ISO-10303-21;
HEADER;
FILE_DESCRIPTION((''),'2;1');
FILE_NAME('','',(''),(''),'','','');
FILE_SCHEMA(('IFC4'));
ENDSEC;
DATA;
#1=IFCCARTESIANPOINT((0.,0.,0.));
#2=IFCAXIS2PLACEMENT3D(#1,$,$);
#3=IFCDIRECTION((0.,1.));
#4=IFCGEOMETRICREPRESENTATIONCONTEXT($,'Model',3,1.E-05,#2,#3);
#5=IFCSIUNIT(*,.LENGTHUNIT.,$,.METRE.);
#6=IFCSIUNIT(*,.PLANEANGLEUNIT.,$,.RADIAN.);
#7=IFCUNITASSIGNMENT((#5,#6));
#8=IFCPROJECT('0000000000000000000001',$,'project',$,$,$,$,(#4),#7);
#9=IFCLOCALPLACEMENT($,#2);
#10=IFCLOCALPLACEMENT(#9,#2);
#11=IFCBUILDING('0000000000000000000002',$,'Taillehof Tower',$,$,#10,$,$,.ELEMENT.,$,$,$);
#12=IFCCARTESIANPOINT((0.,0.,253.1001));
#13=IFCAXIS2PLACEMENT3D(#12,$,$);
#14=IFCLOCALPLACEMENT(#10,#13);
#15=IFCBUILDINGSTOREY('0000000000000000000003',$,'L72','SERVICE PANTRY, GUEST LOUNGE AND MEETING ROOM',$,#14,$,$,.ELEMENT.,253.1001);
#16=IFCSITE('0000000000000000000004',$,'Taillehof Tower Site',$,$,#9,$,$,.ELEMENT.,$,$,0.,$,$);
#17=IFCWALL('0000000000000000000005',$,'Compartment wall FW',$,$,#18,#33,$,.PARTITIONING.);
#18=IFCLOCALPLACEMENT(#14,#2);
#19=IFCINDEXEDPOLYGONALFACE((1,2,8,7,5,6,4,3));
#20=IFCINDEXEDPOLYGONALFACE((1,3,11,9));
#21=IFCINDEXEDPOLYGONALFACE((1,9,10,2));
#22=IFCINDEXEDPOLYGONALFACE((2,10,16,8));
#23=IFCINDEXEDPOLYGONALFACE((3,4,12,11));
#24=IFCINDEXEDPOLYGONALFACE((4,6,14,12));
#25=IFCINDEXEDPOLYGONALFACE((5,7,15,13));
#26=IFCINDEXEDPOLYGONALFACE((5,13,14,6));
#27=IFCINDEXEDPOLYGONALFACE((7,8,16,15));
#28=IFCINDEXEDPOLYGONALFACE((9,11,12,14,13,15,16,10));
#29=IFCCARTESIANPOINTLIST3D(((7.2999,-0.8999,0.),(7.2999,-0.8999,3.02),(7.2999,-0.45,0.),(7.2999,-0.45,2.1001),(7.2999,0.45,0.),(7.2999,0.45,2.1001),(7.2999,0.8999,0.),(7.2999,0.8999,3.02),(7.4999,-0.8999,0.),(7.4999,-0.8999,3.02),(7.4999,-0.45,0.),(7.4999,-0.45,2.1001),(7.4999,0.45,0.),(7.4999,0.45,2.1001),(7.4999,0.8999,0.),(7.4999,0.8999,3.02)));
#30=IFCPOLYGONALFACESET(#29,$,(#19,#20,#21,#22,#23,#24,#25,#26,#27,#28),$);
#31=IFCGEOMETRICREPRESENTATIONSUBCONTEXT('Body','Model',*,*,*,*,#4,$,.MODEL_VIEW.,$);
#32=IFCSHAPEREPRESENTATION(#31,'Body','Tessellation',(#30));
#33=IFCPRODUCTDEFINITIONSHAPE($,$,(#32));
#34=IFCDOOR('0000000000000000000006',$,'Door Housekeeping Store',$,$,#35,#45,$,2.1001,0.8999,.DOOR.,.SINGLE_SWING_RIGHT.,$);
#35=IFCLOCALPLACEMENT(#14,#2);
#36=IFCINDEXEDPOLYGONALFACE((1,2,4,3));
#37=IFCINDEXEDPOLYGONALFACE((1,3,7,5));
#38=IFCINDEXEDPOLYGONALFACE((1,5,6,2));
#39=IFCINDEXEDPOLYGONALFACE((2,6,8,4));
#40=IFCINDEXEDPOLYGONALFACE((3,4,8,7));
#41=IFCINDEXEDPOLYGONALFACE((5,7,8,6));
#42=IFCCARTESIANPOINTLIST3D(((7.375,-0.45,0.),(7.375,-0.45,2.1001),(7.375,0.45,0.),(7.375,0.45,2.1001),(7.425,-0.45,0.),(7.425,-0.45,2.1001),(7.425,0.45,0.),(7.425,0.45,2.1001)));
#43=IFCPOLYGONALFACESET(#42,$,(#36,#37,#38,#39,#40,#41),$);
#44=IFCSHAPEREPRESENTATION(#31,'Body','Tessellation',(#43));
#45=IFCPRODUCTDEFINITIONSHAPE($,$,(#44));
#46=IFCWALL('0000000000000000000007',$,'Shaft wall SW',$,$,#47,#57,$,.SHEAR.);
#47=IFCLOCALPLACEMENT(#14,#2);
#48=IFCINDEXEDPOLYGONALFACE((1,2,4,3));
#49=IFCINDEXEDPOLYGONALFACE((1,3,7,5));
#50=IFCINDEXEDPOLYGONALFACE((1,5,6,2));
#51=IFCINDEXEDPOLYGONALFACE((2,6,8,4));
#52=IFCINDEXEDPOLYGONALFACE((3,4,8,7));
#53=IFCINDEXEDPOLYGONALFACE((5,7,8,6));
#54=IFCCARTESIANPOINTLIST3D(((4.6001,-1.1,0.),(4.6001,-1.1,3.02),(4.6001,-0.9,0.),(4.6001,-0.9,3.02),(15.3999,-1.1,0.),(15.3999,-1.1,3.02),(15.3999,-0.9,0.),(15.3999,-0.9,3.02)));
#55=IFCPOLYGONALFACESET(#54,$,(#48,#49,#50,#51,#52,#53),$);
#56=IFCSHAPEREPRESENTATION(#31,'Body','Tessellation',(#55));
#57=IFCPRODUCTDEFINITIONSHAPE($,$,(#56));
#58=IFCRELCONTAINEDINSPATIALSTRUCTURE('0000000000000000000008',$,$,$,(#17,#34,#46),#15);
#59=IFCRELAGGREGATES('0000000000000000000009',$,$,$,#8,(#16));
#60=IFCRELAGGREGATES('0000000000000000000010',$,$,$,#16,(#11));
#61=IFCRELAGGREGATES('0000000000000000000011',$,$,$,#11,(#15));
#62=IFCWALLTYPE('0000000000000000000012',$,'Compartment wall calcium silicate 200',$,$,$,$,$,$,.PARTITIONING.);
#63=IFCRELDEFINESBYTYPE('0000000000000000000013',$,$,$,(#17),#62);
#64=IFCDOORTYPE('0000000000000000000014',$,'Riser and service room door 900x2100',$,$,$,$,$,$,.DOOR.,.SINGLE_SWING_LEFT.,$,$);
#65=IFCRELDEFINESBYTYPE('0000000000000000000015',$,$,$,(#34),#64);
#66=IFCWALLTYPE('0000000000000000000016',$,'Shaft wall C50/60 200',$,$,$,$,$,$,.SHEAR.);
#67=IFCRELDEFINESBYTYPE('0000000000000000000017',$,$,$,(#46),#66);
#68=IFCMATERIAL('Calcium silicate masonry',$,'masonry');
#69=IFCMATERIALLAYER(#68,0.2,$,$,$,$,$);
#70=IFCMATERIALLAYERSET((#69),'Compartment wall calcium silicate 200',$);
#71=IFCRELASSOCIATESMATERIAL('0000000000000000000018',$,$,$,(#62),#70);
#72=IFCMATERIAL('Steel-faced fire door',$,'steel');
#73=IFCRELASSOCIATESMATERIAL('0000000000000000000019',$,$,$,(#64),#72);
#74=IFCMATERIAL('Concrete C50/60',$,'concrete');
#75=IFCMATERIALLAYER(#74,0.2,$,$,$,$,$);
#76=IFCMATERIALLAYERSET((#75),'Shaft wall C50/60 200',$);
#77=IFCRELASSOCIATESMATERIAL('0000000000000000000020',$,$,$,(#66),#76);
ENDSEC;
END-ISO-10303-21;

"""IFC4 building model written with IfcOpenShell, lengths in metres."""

from ifc_helpers import new_model, si_unit, direction, frame, frame_2d, origin, place, context, subcontext, project, spatial, rectangle, extrude, material, layer, layer_set, type_object, element, fill, save


model = new_model("IFC4")

# Units and contexts
model_context = context("Model", 3, precision=1e-05, world=origin(), true_north=direction((0.0, 1.0)))
body_context = subcontext(model_context, "Body", "Model", "MODEL_VIEW")
ifc_project = project(units=[si_unit("LENGTHUNIT", "METRE"), si_unit("PLANEANGLEUNIT", "RADIAN")], contexts=[model_context])

# Site, building, storey
site_placement = place(None, origin())
site = spatial("IfcSite", under=ifc_project, at=site_placement, Name="Taillehof Tower Site", CompositionType="ELEMENT", RefElevation=0.0)
building_placement = place(site_placement, origin())
building = spatial("IfcBuilding", under=site, at=building_placement, Name="Taillehof Tower", CompositionType="ELEMENT")
storey_placement = place(building_placement, frame((0.0, 0.0, 253.1001)))
storey = spatial("IfcBuildingStorey", under=building, at=storey_placement, Name="L72", Description="SERVICE PANTRY, GUEST LOUNGE AND MEETING ROOM", CompositionType="ELEMENT", Elevation=253.1001)

# Wall, opening, door
ifc_material_1 = material(Name="Calcium silicate masonry", Category="masonry")
ifc_layer_1 = layer(ifc_material_1, 0.2)
ifc_layer_set_1 = layer_set([ifc_layer_1], Name="Compartment wall calcium silicate 200")
wall_type_1 = type_object("IfcWallType", Name="Compartment wall calcium silicate 200", PredefinedType="PARTITIONING", material=ifc_layer_set_1)
wall_1_placement = place(storey_placement, frame((7.3999, -0.8999, 0.0), z_axis=(0.0, 0.0, 1.0), x_axis=(0.0, 1.0, 0.0)))
wall_1 = element("IfcWall", 1, at=wall_1_placement, inside=storey, type_object=wall_type_1, Name="Compartment wall FW", PredefinedType="PARTITIONING", context=body_context, shape_type="SweptSolid", body=[
    extrude(rectangle(XDim=1.7998, YDim=0.2, at=frame_2d((0.8999, 0.0))), origin(), (0.0, 0.0, 1.0), 3.02),
])
opening_placement = place(wall_1_placement, frame((0.45, 0.0, 0.0)))
opening = element("IfcOpeningElement", 2, at=opening_placement, cuts=wall_1, PredefinedType="OPENING", context=body_context, shape_type="SweptSolid", body=[
    extrude(rectangle(XDim=0.8999, YDim=2.1001, at=frame_2d((0.45, 1.05))), frame((0.0, 0.1099, 0.0), z_axis=(0.0, -1.0, 0.0), x_axis=(1.0, 0.0, 0.0)), (0.0, 0.0, 1.0), 0.22),
])
ifc_material_2 = material(Name="Steel-faced fire door", Category="steel")
door_type = type_object("IfcDoorType", Name="Riser and service room door 900x2100", OperationType="SINGLE_SWING_LEFT", PredefinedType="DOOR", material=ifc_material_2)
door_placement = place(opening_placement, origin())
door = element("IfcDoor", 3, at=door_placement, inside=storey, type_object=door_type, Name="Door Housekeeping Store", OperationType="SINGLE_SWING_RIGHT", OverallHeight=2.1001, OverallWidth=0.8999, PredefinedType="DOOR", context=body_context, shape_type="SweptSolid", body=[
    extrude(rectangle(XDim=0.8999, YDim=2.1001, at=frame_2d((0.45, 1.05))), frame((0.0, 0.0249, 0.0), z_axis=(0.0, -1.0, 0.0), x_axis=(1.0, 0.0, 0.0)), (0.0, 0.0, 1.0), 0.05),
])
fill(opening, door)

# Wall
ifc_material_3 = material(Name="Concrete C50/60", Category="concrete")
ifc_layer_2 = layer(ifc_material_3, 0.2)
ifc_layer_set_2 = layer_set([ifc_layer_2], Name="Shaft wall C50/60 200")
wall_type_2 = type_object("IfcWallType", Name="Shaft wall C50/60 200", PredefinedType="SHEAR", material=ifc_layer_set_2)
wall_2_placement = place(storey_placement, frame((4.6001, -1.0, 0.0), z_axis=(0.0, 0.0, 1.0), x_axis=(1.0, 0.0, 0.0)))
element("IfcWall", 4, at=wall_2_placement, inside=storey, type_object=wall_type_2, Name="Shaft wall SW", PredefinedType="SHEAR", context=body_context, shape_type="SweptSolid", body=[
    extrude(rectangle(XDim=10.7998, YDim=0.2, at=frame_2d((5.3999, 0.0))), origin(), (0.0, 0.0, 1.0), 3.02),
])

save(model, "model.ifc")
